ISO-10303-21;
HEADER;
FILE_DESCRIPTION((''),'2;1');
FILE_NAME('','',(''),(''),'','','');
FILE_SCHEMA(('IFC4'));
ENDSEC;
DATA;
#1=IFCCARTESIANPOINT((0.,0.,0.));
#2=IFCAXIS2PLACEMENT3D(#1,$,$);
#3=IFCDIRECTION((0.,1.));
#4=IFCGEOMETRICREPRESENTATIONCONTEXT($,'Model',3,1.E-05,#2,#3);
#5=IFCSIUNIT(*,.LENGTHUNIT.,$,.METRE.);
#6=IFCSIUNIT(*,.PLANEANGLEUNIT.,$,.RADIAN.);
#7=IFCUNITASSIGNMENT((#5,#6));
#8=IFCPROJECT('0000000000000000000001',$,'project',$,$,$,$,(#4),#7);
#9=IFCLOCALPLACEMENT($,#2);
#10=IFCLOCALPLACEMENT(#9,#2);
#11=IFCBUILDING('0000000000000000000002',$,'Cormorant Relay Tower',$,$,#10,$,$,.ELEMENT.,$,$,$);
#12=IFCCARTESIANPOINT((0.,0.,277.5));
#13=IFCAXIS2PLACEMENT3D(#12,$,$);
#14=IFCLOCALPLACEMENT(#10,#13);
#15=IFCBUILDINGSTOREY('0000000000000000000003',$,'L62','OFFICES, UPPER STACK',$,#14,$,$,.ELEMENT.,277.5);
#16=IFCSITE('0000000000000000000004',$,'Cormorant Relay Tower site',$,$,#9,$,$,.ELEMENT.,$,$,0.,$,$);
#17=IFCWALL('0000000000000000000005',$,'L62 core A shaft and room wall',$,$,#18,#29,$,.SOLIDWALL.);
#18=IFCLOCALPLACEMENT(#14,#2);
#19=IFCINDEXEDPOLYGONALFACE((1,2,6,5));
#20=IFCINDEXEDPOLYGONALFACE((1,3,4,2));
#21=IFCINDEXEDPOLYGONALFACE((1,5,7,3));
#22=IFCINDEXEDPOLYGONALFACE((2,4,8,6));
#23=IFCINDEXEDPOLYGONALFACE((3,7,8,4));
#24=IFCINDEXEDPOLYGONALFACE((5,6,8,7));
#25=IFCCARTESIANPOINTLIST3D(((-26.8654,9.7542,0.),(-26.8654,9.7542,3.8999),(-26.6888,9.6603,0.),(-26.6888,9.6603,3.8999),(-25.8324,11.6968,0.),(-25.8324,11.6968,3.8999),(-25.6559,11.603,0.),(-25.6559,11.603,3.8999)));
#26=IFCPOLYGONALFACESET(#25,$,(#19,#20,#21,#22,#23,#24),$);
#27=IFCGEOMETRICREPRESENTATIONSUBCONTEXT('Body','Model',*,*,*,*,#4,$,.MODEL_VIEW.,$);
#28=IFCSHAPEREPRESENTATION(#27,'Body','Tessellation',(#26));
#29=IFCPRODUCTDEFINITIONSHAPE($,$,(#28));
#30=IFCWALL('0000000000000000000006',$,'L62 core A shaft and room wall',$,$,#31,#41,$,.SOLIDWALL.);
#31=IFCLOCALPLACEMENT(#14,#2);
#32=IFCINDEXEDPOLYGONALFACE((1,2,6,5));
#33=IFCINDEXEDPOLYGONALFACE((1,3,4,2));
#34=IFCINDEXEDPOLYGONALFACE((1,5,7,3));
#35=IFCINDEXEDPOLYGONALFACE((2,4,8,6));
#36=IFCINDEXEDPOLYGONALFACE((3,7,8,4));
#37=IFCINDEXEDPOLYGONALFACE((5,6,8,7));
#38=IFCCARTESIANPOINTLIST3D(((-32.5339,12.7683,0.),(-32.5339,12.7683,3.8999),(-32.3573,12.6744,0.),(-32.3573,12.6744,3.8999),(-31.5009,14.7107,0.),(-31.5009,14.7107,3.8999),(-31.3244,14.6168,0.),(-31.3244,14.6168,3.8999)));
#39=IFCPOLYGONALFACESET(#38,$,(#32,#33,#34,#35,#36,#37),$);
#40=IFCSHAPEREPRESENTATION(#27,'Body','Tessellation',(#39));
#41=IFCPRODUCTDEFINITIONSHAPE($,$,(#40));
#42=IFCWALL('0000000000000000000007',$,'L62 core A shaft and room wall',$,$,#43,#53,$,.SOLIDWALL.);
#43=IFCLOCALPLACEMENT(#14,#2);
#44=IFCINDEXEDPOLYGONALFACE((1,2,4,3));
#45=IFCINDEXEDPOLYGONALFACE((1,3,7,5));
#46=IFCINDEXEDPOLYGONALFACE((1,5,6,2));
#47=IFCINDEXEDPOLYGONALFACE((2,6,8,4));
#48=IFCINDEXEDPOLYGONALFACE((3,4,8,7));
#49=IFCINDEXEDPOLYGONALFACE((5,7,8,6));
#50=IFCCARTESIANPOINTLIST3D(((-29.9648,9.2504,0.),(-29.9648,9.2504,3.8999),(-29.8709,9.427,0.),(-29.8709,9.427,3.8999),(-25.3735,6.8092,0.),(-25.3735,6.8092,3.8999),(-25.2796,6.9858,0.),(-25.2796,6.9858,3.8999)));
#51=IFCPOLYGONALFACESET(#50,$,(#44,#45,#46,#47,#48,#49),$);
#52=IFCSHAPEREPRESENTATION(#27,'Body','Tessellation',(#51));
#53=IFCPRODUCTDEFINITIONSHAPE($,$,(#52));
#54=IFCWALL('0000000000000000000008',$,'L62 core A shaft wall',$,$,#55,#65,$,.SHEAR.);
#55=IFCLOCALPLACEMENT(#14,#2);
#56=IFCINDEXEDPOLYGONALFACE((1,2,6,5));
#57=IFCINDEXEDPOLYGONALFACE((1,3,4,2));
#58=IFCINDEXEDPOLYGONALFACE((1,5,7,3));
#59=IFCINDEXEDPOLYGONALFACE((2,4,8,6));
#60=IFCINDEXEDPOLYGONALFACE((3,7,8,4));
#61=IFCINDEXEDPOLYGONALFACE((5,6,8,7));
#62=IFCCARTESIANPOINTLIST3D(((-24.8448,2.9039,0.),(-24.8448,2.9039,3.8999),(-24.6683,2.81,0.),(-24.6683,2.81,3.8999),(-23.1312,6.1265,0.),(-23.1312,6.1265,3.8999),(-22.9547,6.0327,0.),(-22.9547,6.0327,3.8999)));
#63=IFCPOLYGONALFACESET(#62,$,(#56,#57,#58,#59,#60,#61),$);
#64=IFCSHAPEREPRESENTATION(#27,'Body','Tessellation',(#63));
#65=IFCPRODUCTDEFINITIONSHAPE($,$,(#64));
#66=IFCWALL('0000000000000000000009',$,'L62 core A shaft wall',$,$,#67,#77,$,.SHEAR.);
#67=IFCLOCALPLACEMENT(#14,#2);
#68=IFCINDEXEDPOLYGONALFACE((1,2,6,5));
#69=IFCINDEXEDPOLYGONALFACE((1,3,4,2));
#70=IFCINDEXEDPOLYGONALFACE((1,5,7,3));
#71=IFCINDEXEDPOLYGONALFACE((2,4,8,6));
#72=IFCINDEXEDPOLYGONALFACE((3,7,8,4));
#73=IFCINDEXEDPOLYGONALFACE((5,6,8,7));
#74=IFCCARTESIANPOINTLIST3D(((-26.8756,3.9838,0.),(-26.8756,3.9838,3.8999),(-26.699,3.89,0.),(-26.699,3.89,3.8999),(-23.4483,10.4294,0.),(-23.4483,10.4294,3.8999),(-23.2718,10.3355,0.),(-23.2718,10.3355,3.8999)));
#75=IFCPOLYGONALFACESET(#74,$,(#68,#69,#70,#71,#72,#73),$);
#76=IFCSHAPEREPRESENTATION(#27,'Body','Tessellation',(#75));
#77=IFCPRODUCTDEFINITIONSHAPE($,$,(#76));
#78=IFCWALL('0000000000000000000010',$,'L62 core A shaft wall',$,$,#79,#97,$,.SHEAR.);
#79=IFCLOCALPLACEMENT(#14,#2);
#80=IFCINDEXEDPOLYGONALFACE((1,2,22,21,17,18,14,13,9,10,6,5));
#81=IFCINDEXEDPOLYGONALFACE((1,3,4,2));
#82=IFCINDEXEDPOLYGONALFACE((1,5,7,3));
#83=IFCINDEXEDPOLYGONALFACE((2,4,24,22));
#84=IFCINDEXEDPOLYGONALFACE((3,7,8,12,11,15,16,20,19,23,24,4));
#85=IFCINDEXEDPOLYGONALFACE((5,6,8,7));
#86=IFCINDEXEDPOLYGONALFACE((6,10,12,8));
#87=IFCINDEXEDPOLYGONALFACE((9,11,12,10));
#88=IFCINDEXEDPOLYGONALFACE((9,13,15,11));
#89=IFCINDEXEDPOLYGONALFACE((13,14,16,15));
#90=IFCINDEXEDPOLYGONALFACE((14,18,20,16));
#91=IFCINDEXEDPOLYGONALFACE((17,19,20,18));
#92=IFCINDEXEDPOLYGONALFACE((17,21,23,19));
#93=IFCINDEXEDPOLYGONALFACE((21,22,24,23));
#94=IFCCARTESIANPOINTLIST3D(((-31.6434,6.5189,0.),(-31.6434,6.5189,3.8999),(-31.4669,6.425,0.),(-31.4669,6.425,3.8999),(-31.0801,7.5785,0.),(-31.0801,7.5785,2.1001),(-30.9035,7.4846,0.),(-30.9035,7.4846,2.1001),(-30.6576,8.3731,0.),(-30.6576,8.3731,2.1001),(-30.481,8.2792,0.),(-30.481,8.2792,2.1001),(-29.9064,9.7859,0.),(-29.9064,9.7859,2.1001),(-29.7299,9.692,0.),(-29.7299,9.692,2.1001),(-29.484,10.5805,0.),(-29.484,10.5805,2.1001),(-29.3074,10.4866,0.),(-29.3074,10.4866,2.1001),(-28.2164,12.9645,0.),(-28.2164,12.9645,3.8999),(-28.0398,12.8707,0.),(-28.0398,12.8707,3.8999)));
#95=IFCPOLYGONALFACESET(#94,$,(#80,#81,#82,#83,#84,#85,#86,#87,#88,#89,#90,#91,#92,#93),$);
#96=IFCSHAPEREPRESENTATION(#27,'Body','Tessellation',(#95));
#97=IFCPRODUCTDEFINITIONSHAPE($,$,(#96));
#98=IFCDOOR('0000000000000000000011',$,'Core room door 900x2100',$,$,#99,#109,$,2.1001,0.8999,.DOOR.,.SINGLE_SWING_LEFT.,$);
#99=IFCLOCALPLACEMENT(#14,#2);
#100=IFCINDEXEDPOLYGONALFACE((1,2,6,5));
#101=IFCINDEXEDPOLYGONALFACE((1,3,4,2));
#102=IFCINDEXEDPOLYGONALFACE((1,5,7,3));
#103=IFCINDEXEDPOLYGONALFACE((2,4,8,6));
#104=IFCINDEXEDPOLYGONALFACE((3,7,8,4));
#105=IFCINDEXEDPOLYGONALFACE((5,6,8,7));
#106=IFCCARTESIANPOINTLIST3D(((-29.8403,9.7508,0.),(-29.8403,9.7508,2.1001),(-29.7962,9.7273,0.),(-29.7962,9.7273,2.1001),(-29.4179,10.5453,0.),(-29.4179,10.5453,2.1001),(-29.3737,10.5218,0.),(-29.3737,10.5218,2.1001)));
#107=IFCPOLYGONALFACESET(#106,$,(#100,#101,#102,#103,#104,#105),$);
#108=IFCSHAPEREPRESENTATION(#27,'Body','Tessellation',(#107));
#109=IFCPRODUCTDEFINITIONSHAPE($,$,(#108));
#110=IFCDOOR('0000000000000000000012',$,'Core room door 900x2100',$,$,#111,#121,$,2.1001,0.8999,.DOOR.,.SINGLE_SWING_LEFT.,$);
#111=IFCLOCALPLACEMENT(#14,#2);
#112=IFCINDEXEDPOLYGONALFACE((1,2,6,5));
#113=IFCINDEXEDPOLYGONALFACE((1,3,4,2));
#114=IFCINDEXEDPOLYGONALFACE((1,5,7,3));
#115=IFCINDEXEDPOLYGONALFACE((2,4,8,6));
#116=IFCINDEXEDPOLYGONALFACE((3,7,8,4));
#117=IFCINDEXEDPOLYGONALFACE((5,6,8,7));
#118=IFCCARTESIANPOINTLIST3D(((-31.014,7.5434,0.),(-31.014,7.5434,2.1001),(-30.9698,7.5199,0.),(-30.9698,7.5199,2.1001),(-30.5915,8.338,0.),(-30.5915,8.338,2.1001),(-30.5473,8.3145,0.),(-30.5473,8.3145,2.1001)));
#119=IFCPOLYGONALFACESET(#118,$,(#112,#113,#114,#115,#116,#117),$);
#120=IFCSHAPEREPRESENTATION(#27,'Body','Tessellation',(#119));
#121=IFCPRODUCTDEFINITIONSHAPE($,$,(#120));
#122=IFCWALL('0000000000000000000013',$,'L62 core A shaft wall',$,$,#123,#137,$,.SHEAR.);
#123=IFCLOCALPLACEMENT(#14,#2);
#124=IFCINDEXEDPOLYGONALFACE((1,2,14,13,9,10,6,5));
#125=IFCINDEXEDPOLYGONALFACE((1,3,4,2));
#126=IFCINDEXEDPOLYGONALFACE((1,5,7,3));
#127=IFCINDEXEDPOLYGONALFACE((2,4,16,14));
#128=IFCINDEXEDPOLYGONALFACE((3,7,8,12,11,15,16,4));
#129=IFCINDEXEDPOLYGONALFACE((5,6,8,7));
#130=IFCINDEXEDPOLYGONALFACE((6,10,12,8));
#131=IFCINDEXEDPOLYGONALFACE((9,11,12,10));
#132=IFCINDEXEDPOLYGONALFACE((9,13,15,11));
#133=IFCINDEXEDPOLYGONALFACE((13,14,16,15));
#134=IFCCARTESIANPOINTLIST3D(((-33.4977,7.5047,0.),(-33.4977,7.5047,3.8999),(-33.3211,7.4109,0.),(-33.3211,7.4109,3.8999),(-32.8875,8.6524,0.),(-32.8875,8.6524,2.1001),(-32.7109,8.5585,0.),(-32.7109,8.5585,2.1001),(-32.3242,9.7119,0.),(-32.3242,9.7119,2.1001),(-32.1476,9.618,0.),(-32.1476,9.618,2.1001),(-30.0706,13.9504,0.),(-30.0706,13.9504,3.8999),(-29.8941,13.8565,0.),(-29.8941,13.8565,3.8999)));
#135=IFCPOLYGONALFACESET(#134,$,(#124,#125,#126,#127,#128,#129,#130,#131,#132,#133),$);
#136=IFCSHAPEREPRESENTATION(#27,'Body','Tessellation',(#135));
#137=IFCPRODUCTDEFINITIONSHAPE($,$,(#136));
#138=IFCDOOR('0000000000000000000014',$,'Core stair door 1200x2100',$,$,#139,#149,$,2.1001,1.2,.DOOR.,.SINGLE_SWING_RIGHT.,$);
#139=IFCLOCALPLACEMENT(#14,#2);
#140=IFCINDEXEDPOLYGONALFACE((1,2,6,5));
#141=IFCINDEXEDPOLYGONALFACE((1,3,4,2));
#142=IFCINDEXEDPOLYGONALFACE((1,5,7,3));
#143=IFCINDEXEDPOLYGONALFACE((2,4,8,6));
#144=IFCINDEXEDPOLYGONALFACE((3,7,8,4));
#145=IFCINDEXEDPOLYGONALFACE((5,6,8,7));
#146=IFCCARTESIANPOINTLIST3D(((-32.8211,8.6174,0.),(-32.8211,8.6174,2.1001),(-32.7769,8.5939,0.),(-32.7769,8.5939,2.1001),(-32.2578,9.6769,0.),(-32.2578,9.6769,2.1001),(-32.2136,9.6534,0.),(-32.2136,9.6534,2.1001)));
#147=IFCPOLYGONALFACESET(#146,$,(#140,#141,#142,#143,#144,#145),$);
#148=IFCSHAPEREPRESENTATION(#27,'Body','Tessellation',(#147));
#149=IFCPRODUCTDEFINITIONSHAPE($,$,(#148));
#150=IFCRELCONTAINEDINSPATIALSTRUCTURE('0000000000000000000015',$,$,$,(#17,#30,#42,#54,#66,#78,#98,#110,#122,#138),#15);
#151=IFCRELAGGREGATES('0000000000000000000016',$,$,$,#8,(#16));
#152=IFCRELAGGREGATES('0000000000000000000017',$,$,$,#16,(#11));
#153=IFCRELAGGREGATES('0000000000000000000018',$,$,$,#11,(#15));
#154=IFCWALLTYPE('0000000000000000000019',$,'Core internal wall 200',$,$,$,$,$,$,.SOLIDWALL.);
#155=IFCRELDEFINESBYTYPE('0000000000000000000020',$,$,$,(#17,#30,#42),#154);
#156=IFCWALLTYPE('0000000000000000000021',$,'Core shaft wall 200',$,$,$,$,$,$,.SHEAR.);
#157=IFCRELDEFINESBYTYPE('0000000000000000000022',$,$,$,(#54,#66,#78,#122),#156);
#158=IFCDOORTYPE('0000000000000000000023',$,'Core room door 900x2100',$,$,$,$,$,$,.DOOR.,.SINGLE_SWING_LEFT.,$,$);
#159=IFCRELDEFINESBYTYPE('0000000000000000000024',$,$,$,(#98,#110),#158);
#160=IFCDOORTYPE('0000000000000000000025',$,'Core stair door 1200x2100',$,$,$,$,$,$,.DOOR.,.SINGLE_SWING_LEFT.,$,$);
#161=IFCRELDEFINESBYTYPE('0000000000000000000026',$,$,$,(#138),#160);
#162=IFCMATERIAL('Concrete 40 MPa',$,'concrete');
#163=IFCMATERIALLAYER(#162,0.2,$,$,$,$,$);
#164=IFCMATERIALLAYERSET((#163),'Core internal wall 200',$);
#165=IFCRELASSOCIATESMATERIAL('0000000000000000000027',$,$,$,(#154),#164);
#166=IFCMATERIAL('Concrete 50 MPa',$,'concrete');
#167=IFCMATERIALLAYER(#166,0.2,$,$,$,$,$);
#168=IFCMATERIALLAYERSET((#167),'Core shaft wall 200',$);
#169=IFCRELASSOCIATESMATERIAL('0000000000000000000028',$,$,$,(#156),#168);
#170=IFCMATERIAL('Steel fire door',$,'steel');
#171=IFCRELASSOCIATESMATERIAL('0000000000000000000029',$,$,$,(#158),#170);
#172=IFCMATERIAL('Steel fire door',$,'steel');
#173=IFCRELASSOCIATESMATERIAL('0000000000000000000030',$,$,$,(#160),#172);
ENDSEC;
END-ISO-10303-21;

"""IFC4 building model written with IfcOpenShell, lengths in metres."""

from ifc_helpers import new_model, si_unit, direction, frame, frame_2d, origin, place, context, subcontext, project, spatial, rectangle, extrude, material, layer, layer_set, type_object, element, fill, save


model = new_model("IFC4")

# Units and contexts
model_context = context("Model", 3, precision=1e-05, world=origin(), true_north=direction((0.0, 1.0)))
body_context = subcontext(model_context, "Body", "Model", "MODEL_VIEW")
ifc_project = project(units=[si_unit("LENGTHUNIT", "METRE"), si_unit("PLANEANGLEUNIT", "RADIAN")], contexts=[model_context])

# Site, building, storey
site_placement = place(None, origin())
site = spatial("IfcSite", under=ifc_project, at=site_placement, Name="Cormorant Relay Tower site", CompositionType="ELEMENT", RefElevation=0.0)
building_placement = place(site_placement, origin())
building = spatial("IfcBuilding", under=site, at=building_placement, Name="Cormorant Relay Tower", CompositionType="ELEMENT")
storey_placement = place(building_placement, frame((0.0, 0.0, 277.5)))
storey = spatial("IfcBuildingStorey", under=building, at=storey_placement, Name="L62", Description="OFFICES, UPPER STACK", CompositionType="ELEMENT", Elevation=277.5)

# Walls
ifc_material_1 = material(Name="Concrete 40 MPa", Category="concrete")
ifc_layer_1 = layer(ifc_material_1, 0.2)
ifc_layer_set_1 = layer_set([ifc_layer_1], Name="Core internal wall 200")
wall_type_1 = type_object("IfcWallType", Name="Core internal wall 200", PredefinedType="SOLIDWALL", material=ifc_layer_set_1)
wall_1_placement = place(storey_placement, frame((-25.7441, 11.6499, 0.0), z_axis=(0.0, 0.0, 1.0), x_axis=(-0.469488, -0.882939, 0.0)))
element("IfcWall", 1, at=wall_1_placement, inside=storey, type_object=wall_type_1, Name="L62 core A shaft and room wall", PredefinedType="SOLIDWALL", context=body_context, shape_type="SweptSolid", body=[
    extrude(rectangle(XDim=2.2002, YDim=0.2, at=frame_2d((1.1001, 0.0))), origin(), (0.0, 0.0, 1.0), 3.8999),
])
wall_2_placement = place(storey_placement, frame((-31.4126, 14.6638, 0.0), z_axis=(0.0, 0.0, 1.0), x_axis=(-0.469534, -0.882914, 0.0)))
element("IfcWall", 2, at=wall_2_placement, inside=storey, type_object=wall_type_1, Name="L62 core A shaft and room wall", PredefinedType="SOLIDWALL", context=body_context, shape_type="SweptSolid", body=[
    extrude(rectangle(XDim=2.2, YDim=0.2, at=frame_2d((1.1001, 0.0))), origin(), (0.0, 0.0, 1.0), 3.8999),
])
wall_3_placement = place(storey_placement, frame((-25.3264, 6.8975, 0.0), z_axis=(0.0, 0.0, 1.0), x_axis=(-0.882954, 0.46946, 0.0)))
element("IfcWall", 3, at=wall_3_placement, inside=storey, type_object=wall_type_1, Name="L62 core A shaft and room wall", PredefinedType="SOLIDWALL", context=body_context, shape_type="SweptSolid", body=[
    extrude(rectangle(XDim=5.2, YDim=0.2, at=frame_2d((2.6001, 0.0))), origin(), (0.0, 0.0, 1.0), 3.8999),
])
ifc_material_2 = material(Name="Concrete 50 MPa", Category="concrete")
ifc_layer_2 = layer(ifc_material_2, 0.2)
ifc_layer_set_2 = layer_set([ifc_layer_2], Name="Core shaft wall 200")
wall_type_2 = type_object("IfcWallType", Name="Core shaft wall 200", PredefinedType="SHEAR", material=ifc_layer_set_2)
wall_4_placement = place(storey_placement, frame((-23.043, 6.0796, 0.0), z_axis=(0.0, 0.0, 1.0), x_axis=(-0.469494, -0.882936, 0.0)))
element("IfcWall", 4, at=wall_4_placement, inside=storey, type_object=wall_type_2, Name="L62 core A shaft wall", PredefinedType="SHEAR", context=body_context, shape_type="SweptSolid", body=[
    extrude(rectangle(XDim=3.6499, YDim=0.2, at=frame_2d((1.825, 0.0))), origin(), (0.0, 0.0, 1.0), 3.8999),
])
wall_5_placement = place(storey_placement, frame((-23.3601, 10.3823, 0.0), z_axis=(0.0, 0.0, 1.0), x_axis=(-0.46948, -0.882943, 0.0)))
element("IfcWall", 5, at=wall_5_placement, inside=storey, type_object=wall_type_2, Name="L62 core A shaft wall", PredefinedType="SHEAR", context=body_context, shape_type="SweptSolid", body=[
    extrude(rectangle(XDim=7.3, YDim=0.2, at=frame_2d((3.6499, 0.0))), origin(), (0.0, 0.0, 1.0), 3.8999),
])

# Wall, openings, doors
wall_6_placement = place(storey_placement, frame((-28.1282, 12.9175, 0.0), z_axis=(0.0, 0.0, 1.0), x_axis=(-0.469454, -0.882957, 0.0)))
wall_6 = element("IfcWall", 6, at=wall_6_placement, inside=storey, type_object=wall_type_2, Name="L62 core A shaft wall", PredefinedType="SHEAR", context=body_context, shape_type="SweptSolid", body=[
    extrude(rectangle(XDim=7.3, YDim=0.2, at=frame_2d((3.6499, 0.0))), origin(), (0.0, 0.0, 1.0), 3.8999),
])
opening_1_placement = place(wall_6_placement, frame((2.7, 0.0, 0.0)))
opening_1 = element("IfcOpeningElement", 7, at=opening_1_placement, cuts=wall_6, PredefinedType="OPENING", context=body_context, shape_type="SweptSolid", body=[
    extrude(rectangle(XDim=0.8999, YDim=2.1001, at=frame_2d((0.45, 1.05))), frame((0.0, 0.1099, 0.0), z_axis=(0.0, -1.0, 0.0), x_axis=(1.0, 0.0, 0.0)), (0.0, 0.0, 1.0), 0.22),
])
opening_2_placement = place(wall_6_placement, frame((5.2, 0.0, 0.0)))
opening_2 = element("IfcOpeningElement", 8, at=opening_2_placement, cuts=wall_6, PredefinedType="OPENING", context=body_context, shape_type="SweptSolid", body=[
    extrude(rectangle(XDim=0.8999, YDim=2.1001, at=frame_2d((0.45, 1.05))), frame((0.0, 0.1099, 0.0), z_axis=(0.0, -1.0, 0.0), x_axis=(1.0, 0.0, 0.0)), (0.0, 0.0, 1.0), 0.22),
])
ifc_material_3 = material(Name="Steel fire door", Category="steel")
door_type_1 = type_object("IfcDoorType", Name="Core room door 900x2100", OperationType="SINGLE_SWING_LEFT", PredefinedType="DOOR", material=ifc_material_3)
door_1_placement = place(opening_1_placement, origin())
door_1 = element("IfcDoor", 9, at=door_1_placement, inside=storey, type_object=door_type_1, Name="Core room door 900x2100", OperationType="SINGLE_SWING_LEFT", OverallHeight=2.1001, OverallWidth=0.8999, PredefinedType="DOOR", context=body_context, shape_type="SweptSolid", body=[
    extrude(rectangle(XDim=0.8999, YDim=2.1001, at=frame_2d((0.45, 1.05))), frame((0.0, 0.0249, 0.0), z_axis=(0.0, -1.0, 0.0), x_axis=(1.0, 0.0, 0.0)), (0.0, 0.0, 1.0), 0.05),
])
fill(opening_1, door_1)
door_2_placement = place(opening_2_placement, origin())
door_2 = element("IfcDoor", 10, at=door_2_placement, inside=storey, type_object=door_type_1, Name="Core room door 900x2100", OperationType="SINGLE_SWING_LEFT", OverallHeight=2.1001, OverallWidth=0.8999, PredefinedType="DOOR", context=body_context, shape_type="SweptSolid", body=[
    extrude(rectangle(XDim=0.8999, YDim=2.1001, at=frame_2d((0.45, 1.05))), frame((0.0, 0.0249, 0.0), z_axis=(0.0, -1.0, 0.0), x_axis=(1.0, 0.0, 0.0)), (0.0, 0.0, 1.0), 0.05),
])
fill(opening_2, door_2)

# Wall, opening, door
wall_7_placement = place(storey_placement, frame((-29.9824, 13.9033, 0.0), z_axis=(0.0, 0.0, 1.0), x_axis=(-0.469454, -0.882957, 0.0)))
wall_7 = element("IfcWall", 11, at=wall_7_placement, inside=storey, type_object=wall_type_2, Name="L62 core A shaft wall", PredefinedType="SHEAR", context=body_context, shape_type="SweptSolid", body=[
    extrude(rectangle(XDim=7.3, YDim=0.2, at=frame_2d((3.6499, 0.0))), origin(), (0.0, 0.0, 1.0), 3.8999),
])
opening_3_placement = place(wall_7_placement, frame((4.8, 0.0, 0.0)))
opening_3 = element("IfcOpeningElement", 12, at=opening_3_placement, cuts=wall_7, PredefinedType="OPENING", context=body_context, shape_type="SweptSolid", body=[
    extrude(rectangle(XDim=1.2, YDim=2.1001, at=frame_2d((0.6001, 1.05))), frame((0.0, 0.1099, 0.0), z_axis=(0.0, -1.0, 0.0), x_axis=(1.0, 0.0, 0.0)), (0.0, 0.0, 1.0), 0.22),
])
ifc_material_4 = material(Name="Steel fire door", Category="steel")
door_type_2 = type_object("IfcDoorType", Name="Core stair door 1200x2100", OperationType="SINGLE_SWING_LEFT", PredefinedType="DOOR", material=ifc_material_4)
door_3_placement = place(opening_3_placement, frame((1.2, 0.0, 0.0), z_axis=(0.0, 0.0, 1.0), x_axis=(-1.0, 0.0, 0.0)))
door_3 = element("IfcDoor", 13, at=door_3_placement, inside=storey, type_object=door_type_2, Name="Core stair door 1200x2100", OperationType="SINGLE_SWING_RIGHT", OverallHeight=2.1001, OverallWidth=1.2, PredefinedType="DOOR", context=body_context, shape_type="SweptSolid", body=[
    extrude(rectangle(XDim=1.2, YDim=2.1001, at=frame_2d((0.6001, 1.05))), frame((0.0, 0.0249, 0.0), z_axis=(0.0, -1.0, 0.0), x_axis=(1.0, 0.0, 0.0)), (0.0, 0.0, 1.0), 0.05),
])
fill(opening_3, door_3)

save(model, "model.ifc")
